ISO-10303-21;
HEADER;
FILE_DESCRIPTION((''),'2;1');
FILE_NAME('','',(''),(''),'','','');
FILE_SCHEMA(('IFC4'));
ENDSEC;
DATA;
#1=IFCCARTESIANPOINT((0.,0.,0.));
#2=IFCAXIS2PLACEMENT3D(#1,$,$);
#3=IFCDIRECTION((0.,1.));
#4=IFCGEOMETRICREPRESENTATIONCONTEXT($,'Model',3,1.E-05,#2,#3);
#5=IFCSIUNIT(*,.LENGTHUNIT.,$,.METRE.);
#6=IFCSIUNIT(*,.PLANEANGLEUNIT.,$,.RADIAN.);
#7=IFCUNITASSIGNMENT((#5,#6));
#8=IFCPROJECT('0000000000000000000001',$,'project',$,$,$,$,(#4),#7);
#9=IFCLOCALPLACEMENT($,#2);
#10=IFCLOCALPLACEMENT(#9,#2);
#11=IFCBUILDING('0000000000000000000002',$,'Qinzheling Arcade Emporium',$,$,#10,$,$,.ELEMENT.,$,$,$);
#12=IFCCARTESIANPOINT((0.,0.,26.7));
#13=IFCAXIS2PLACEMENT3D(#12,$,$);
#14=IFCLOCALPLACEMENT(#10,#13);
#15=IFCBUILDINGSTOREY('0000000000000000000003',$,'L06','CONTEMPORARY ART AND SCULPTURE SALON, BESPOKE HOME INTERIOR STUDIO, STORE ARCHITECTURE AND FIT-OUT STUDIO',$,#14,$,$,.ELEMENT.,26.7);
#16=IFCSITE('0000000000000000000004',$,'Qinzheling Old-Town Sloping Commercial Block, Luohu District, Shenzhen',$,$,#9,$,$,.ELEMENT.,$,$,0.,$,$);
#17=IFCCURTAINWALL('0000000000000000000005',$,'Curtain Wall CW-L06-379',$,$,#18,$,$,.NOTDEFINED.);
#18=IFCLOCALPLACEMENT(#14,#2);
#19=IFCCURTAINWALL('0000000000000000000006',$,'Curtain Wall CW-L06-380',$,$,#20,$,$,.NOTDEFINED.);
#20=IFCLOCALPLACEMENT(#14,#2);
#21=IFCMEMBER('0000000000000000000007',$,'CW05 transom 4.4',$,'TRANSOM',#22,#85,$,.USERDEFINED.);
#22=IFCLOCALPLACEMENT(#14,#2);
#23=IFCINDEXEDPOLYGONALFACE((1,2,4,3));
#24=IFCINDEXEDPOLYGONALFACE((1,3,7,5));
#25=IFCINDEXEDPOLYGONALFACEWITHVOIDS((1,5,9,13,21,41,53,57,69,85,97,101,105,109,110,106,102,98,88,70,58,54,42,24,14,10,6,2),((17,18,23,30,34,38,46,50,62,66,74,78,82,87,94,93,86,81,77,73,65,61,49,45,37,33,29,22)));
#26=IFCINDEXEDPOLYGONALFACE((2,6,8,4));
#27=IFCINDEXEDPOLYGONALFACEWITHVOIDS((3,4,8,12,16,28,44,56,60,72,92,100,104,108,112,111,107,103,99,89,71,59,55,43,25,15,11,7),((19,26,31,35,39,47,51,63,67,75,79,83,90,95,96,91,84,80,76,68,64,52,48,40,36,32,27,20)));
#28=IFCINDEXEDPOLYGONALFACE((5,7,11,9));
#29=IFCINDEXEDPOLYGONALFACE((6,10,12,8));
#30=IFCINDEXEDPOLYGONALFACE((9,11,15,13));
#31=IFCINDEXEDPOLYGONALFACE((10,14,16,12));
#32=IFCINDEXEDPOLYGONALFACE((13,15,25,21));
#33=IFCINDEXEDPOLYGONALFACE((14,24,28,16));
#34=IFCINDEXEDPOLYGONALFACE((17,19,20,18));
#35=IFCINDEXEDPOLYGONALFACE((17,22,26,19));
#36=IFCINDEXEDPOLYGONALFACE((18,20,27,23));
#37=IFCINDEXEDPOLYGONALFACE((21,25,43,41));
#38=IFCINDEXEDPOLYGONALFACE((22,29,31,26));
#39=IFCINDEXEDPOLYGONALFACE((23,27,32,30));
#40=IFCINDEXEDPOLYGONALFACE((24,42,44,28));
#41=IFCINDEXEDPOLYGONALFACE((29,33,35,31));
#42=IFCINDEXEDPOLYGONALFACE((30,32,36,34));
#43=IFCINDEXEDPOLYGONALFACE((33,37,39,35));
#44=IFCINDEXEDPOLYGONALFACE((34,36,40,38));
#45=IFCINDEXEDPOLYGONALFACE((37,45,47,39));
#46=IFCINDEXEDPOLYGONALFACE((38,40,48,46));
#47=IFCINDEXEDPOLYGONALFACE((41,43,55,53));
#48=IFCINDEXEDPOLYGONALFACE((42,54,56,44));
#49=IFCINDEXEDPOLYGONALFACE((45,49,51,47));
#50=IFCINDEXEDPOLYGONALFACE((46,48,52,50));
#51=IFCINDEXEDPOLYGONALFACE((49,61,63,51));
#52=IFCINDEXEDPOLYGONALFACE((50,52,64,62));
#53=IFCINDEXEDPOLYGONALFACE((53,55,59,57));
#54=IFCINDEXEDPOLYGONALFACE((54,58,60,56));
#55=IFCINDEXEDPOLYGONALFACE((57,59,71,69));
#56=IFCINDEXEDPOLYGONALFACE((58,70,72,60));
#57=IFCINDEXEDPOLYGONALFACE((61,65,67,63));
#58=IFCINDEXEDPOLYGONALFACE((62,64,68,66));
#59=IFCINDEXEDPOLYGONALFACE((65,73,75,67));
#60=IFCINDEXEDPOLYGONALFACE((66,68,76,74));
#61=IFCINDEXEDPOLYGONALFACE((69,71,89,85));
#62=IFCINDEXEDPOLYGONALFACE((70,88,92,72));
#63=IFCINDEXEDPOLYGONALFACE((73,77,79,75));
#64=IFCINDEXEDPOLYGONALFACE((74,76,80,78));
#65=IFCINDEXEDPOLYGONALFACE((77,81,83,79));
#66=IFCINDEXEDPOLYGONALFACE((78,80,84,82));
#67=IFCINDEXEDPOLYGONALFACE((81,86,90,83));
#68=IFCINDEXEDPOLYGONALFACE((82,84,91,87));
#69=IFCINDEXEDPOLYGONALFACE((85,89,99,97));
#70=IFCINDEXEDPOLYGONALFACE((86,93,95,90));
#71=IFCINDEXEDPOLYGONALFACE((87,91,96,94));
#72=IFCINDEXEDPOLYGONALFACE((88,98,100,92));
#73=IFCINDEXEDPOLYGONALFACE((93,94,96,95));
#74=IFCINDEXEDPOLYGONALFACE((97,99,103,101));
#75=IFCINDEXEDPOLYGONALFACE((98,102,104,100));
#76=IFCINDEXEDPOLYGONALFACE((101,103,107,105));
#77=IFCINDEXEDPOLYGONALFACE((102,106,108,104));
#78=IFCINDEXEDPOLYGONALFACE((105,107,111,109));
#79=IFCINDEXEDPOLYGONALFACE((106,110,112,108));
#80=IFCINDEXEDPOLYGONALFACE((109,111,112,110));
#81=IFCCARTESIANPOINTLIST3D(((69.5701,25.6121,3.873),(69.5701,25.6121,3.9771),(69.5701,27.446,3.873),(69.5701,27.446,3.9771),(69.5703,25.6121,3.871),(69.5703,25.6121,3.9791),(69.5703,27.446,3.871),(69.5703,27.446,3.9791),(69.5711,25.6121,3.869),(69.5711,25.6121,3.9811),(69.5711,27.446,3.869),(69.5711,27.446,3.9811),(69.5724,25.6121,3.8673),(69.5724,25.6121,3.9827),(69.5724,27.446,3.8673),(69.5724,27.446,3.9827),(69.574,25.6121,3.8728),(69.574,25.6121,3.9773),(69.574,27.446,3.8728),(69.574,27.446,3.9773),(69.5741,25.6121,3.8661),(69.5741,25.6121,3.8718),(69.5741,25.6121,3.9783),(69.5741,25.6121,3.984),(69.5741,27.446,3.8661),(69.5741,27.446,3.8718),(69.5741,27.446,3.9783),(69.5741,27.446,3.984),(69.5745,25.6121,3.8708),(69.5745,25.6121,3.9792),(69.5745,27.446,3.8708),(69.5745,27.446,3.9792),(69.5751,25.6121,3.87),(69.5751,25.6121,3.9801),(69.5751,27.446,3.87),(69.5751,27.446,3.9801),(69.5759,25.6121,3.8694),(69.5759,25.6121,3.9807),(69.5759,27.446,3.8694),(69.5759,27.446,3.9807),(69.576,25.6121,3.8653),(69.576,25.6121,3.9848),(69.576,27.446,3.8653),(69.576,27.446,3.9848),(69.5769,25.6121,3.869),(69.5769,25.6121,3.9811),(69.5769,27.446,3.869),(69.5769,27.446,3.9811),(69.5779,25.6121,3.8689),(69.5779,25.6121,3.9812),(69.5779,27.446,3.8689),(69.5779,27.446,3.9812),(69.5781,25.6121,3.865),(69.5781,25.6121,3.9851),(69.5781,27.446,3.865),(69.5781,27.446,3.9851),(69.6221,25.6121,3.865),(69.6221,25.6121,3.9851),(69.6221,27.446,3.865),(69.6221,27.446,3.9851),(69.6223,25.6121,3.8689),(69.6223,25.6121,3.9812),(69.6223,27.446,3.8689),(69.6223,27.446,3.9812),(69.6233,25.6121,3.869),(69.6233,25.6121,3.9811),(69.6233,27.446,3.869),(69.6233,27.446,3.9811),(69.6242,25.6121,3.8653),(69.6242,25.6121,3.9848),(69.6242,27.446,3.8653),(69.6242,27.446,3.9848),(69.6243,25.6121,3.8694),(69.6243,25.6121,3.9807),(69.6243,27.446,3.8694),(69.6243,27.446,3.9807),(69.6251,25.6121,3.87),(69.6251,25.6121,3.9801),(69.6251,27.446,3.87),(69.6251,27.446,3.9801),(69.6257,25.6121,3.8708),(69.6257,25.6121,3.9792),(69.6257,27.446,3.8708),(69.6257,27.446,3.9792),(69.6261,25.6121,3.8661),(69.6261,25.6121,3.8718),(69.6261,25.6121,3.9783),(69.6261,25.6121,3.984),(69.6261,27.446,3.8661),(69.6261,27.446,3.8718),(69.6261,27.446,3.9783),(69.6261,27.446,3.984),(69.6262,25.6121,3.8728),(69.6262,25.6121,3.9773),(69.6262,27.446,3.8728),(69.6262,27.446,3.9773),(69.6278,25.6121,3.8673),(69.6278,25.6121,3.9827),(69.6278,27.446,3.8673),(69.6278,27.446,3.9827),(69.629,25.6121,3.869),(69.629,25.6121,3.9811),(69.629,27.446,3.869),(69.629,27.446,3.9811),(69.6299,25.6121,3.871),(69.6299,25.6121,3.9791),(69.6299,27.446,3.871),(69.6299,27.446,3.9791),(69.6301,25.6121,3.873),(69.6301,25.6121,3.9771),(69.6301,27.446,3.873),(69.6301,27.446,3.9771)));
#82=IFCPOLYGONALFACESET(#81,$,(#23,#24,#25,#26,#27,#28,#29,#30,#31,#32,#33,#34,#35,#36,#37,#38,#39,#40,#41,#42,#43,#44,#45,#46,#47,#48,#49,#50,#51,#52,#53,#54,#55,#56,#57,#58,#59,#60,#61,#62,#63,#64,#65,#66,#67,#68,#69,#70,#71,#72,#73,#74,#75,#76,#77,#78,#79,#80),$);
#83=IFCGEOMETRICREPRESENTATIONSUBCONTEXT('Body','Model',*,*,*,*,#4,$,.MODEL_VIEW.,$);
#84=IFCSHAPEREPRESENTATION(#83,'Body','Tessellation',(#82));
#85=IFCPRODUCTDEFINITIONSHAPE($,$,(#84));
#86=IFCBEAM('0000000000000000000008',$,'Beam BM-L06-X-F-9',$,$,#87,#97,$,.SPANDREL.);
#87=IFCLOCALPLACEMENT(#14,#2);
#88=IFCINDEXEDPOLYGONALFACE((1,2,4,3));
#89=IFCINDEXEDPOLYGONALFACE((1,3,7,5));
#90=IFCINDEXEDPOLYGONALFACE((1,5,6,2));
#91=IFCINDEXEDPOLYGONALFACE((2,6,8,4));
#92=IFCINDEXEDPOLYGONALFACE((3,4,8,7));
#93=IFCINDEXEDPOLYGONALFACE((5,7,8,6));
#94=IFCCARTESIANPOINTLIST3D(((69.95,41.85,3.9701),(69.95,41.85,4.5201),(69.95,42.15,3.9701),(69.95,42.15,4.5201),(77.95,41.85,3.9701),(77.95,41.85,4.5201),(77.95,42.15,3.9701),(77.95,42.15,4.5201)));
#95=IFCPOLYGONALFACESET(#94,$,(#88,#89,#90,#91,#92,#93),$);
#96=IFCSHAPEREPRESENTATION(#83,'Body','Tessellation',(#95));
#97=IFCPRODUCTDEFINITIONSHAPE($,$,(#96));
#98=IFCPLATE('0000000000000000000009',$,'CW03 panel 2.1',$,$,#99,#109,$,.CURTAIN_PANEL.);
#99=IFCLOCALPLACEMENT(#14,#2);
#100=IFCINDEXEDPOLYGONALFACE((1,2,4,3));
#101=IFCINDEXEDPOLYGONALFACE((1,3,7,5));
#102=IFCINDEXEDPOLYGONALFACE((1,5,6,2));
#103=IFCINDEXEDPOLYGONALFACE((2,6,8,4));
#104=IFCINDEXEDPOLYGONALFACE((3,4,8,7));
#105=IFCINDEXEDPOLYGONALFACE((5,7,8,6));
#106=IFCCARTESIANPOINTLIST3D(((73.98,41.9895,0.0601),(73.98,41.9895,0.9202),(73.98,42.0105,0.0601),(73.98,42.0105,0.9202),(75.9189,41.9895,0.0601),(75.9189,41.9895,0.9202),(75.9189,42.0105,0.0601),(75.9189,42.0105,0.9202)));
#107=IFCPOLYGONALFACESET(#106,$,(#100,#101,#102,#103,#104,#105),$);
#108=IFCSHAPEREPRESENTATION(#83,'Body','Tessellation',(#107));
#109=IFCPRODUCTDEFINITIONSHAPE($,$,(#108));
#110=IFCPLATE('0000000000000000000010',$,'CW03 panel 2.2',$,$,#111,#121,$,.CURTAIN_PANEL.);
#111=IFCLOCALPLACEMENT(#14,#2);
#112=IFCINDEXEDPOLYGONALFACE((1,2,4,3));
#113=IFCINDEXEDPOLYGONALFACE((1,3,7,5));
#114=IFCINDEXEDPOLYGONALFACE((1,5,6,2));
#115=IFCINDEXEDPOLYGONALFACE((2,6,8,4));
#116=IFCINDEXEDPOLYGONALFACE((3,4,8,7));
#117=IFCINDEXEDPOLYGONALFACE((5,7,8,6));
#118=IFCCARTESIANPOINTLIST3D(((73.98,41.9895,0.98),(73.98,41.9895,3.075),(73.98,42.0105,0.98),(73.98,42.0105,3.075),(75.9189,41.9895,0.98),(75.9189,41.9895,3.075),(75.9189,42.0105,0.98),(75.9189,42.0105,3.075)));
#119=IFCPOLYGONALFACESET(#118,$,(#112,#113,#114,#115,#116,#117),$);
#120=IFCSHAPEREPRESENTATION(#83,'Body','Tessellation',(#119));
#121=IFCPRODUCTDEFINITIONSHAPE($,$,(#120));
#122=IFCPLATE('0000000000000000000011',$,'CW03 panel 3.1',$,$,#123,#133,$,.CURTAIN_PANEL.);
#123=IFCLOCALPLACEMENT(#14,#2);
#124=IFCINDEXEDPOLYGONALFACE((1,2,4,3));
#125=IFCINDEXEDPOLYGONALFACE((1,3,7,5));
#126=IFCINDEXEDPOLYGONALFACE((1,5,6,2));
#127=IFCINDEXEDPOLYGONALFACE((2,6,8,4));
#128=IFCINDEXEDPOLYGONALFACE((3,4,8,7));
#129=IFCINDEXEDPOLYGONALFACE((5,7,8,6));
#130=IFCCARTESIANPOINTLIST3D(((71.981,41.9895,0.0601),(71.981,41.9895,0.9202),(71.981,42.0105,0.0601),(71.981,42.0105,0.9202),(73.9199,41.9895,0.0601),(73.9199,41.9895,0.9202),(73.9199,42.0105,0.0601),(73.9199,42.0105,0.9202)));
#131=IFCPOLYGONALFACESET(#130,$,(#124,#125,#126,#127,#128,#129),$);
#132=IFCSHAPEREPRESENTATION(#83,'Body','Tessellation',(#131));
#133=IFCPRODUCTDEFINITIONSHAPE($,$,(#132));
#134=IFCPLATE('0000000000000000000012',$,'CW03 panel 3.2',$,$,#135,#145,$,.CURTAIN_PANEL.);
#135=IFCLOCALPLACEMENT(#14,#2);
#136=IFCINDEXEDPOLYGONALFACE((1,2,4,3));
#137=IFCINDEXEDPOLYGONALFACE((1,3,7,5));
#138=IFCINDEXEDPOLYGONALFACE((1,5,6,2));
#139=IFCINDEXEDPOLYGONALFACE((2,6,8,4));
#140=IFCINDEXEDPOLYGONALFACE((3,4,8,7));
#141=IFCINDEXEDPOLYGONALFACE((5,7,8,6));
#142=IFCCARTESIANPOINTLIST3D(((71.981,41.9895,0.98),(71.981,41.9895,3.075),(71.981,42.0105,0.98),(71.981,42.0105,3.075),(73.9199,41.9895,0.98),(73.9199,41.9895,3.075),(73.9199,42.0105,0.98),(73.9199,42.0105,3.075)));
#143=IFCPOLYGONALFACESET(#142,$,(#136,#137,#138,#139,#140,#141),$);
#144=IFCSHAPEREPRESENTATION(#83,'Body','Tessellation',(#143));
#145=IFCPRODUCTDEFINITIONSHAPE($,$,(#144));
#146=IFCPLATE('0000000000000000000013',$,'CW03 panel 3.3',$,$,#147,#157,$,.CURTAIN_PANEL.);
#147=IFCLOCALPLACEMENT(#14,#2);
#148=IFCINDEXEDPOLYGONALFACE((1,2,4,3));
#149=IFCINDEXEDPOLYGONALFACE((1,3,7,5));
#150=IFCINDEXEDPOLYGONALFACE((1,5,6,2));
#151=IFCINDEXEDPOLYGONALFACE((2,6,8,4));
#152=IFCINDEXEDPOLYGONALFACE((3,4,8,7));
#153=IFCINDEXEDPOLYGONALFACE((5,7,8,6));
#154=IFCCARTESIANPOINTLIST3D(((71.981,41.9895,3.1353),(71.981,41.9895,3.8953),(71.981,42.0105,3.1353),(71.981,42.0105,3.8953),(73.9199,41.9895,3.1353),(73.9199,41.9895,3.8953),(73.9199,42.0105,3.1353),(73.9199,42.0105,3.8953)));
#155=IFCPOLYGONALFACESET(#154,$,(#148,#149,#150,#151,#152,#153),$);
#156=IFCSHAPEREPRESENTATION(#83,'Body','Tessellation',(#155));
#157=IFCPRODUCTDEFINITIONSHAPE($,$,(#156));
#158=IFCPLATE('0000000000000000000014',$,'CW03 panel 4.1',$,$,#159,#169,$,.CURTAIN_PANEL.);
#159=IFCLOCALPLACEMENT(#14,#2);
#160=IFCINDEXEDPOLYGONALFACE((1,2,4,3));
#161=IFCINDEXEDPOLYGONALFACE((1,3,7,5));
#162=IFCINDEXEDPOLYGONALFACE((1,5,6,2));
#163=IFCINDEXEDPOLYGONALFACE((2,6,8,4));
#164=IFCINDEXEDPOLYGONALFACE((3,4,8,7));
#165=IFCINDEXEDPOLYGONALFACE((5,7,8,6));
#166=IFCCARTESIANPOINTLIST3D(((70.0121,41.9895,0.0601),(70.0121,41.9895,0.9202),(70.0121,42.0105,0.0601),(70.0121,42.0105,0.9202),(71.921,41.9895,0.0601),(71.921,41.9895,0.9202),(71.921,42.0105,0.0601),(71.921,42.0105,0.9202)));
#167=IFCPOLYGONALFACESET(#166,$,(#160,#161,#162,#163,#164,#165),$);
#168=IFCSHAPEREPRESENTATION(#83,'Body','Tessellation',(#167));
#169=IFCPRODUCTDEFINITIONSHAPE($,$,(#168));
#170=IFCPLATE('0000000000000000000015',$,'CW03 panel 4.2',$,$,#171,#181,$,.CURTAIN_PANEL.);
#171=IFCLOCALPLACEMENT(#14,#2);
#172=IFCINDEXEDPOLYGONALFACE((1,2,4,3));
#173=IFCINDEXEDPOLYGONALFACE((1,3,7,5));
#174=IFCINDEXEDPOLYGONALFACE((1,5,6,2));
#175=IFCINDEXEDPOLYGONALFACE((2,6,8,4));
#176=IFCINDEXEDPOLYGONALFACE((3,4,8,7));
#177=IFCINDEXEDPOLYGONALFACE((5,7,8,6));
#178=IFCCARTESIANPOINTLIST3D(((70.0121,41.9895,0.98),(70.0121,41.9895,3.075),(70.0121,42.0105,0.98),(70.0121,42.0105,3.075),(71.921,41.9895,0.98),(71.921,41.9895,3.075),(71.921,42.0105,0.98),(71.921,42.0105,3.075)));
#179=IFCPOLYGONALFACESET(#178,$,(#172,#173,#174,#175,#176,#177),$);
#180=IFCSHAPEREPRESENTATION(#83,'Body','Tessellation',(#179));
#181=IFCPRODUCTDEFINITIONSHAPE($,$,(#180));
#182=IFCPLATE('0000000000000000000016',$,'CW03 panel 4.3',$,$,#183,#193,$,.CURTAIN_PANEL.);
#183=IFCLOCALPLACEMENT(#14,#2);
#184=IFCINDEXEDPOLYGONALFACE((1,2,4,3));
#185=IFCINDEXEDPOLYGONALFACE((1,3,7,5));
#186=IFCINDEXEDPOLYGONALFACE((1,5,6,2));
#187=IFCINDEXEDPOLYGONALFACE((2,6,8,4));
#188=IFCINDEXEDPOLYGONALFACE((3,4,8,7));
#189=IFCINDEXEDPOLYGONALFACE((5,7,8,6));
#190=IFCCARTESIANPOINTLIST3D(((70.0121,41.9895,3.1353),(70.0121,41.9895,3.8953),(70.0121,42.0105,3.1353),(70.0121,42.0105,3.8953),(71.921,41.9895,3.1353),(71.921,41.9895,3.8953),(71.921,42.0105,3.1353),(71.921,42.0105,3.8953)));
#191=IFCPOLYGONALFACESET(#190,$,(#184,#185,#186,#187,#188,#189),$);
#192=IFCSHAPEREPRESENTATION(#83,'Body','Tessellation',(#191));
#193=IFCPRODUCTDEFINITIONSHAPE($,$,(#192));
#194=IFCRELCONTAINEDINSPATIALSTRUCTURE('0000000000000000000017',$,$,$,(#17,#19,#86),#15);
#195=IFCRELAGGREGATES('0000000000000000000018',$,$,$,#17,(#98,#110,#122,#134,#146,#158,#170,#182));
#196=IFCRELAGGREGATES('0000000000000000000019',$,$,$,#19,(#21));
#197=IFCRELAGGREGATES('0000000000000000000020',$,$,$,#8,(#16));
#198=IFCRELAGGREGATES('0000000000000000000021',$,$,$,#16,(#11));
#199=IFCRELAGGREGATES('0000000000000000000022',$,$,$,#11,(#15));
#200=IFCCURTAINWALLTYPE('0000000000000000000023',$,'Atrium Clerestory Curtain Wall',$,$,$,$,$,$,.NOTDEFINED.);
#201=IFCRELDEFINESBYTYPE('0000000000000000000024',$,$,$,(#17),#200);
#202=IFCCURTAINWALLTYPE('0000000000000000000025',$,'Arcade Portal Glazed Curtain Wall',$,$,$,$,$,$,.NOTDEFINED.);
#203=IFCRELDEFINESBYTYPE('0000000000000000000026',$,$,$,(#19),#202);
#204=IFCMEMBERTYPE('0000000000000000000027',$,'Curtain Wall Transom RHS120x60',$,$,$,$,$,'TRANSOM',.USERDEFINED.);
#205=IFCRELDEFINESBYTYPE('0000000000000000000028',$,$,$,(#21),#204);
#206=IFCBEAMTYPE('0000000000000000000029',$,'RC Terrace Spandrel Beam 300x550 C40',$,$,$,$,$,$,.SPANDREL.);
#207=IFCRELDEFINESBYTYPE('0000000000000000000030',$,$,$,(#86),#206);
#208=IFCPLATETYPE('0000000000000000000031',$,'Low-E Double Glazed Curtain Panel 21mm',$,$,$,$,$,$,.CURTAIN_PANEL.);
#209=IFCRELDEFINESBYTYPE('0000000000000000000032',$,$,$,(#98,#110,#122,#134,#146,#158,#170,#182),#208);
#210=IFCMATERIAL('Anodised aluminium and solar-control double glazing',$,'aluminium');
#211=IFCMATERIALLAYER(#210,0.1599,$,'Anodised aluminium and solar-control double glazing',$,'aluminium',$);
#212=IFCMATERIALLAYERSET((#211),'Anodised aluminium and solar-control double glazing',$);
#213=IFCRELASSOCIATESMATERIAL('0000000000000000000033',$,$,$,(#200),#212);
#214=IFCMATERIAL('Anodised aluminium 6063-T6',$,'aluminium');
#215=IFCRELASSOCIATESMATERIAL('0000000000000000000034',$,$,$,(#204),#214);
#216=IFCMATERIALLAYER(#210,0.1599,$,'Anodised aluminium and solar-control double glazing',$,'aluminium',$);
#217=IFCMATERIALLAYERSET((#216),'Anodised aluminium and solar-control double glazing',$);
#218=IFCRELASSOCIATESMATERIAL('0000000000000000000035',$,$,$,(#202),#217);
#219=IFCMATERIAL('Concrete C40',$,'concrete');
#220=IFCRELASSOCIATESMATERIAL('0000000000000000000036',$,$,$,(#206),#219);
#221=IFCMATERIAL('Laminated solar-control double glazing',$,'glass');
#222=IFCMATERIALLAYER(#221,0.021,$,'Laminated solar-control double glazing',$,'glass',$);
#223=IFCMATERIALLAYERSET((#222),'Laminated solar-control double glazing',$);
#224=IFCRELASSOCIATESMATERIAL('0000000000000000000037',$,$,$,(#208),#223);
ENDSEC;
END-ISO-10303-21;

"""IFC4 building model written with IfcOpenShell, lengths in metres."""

from ifc_helpers import new_model, si_unit, direction, frame, origin, origin_2d, place, context, subcontext, project, spatial, rectangle, hollow_rectangle, extrude, material, layer, layer_set, material_profile, profile_set, type_object, element, aggregate, save


model = new_model("IFC4")

# Units and contexts
model_context = context("Model", 3, precision=1e-05, world=origin(), true_north=direction((0.0, 1.0)))
body_context = subcontext(model_context, "Body", "Model", "MODEL_VIEW")
ifc_project = project(units=[si_unit("LENGTHUNIT", "METRE"), si_unit("PLANEANGLEUNIT", "RADIAN")], contexts=[model_context])

# Site, building, storey
site_placement = place(None, origin())
site = spatial("IfcSite", under=ifc_project, at=site_placement, Name="Qinzheling Old-Town Sloping Commercial Block, Luohu District, Shenzhen", CompositionType="ELEMENT", RefElevation=0.0)
building_placement = place(site_placement, origin())
building = spatial("IfcBuilding", under=site, at=building_placement, Name="Qinzheling Arcade Emporium", CompositionType="ELEMENT")
storey_placement = place(building_placement, frame((0.0, 0.0, 26.7)))
storey = spatial("IfcBuildingStorey", under=building, at=storey_placement, Name="L06", Description="CONTEMPORARY ART AND SCULPTURE SALON, BESPOKE HOME INTERIOR STUDIO, STORE ARCHITECTURE AND FIT-OUT STUDIO", CompositionType="ELEMENT", Elevation=26.7)

# Curtain walls, member
ifc_material_1 = material(Name="Anodised aluminium and solar-control double glazing", Category="aluminium")
ifc_layer_1 = layer(ifc_material_1, 0.1599, Name="Anodised aluminium and solar-control double glazing", Category="aluminium")
ifc_layer_set_1 = layer_set([ifc_layer_1], Name="Anodised aluminium and solar-control double glazing")
curtain_wall_type_1 = type_object("IfcCurtainWallType", Name="Atrium Clerestory Curtain Wall", PredefinedType="NOTDEFINED", material=ifc_layer_set_1)
curtain_wall_1_placement = place(storey_placement, origin())
curtain_wall_1 = element("IfcCurtainWall", 1, at=curtain_wall_1_placement, inside=storey, type_object=curtain_wall_type_1, Name="Curtain Wall CW-L06-379", PredefinedType="NOTDEFINED")
ifc_material_2 = material(Name="Anodised aluminium 6063-T6", Category="aluminium")
ifc_material_profile_1 = material_profile(ifc_material_2, hollow_rectangle(XDim=0.0601, YDim=0.1201, WallThickness=0.0039, InnerFilletRadius=0.0039, OuterFilletRadius=0.0081, at=origin_2d()), Name="RHS 120x60x4", Category="aluminium")
ifc_profile_set_1 = profile_set([ifc_material_profile_1], Name="Anodised aluminium 6063-T6")
member_type_1 = type_object("IfcMemberType", Name="Curtain Wall Transom RHS120x60", ElementType="TRANSOM", PredefinedType="USERDEFINED", material=ifc_profile_set_1)
ifc_layer_2 = layer(ifc_material_1, 0.1599, Name="Anodised aluminium and solar-control double glazing", Category="aluminium")
ifc_layer_set_2 = layer_set([ifc_layer_2], Name="Anodised aluminium and solar-control double glazing")
curtain_wall_type_2 = type_object("IfcCurtainWallType", Name="Arcade Portal Glazed Curtain Wall", PredefinedType="NOTDEFINED", material=ifc_layer_set_2)
curtain_wall_2_placement = place(storey_placement, origin())
curtain_wall_2 = element("IfcCurtainWall", 2, at=curtain_wall_2_placement, inside=storey, type_object=curtain_wall_type_2, Name="Curtain Wall CW-L06-380", PredefinedType="NOTDEFINED")
member_1_placement = place(storey_placement, frame((69.6001, 27.446, 3.925), z_axis=(0.0, -1.0, 0.0), x_axis=(1.0, 0.0, 0.0)))
member_1 = element("IfcMember", 3, at=member_1_placement, type_object=member_type_1, Name="CW05 transom 4.4", ObjectType="TRANSOM", PredefinedType="USERDEFINED", context=body_context, shape_type="SweptSolid", body=[
    extrude(hollow_rectangle(XDim=0.0601, YDim=0.1201, WallThickness=0.0039, InnerFilletRadius=0.0039, OuterFilletRadius=0.0081, at=origin_2d()), origin(), (0.0, 0.0, 1.0), 1.834),
])

# Beam
ifc_material_3 = material(Name="Concrete C40", Category="concrete")
ifc_material_profile_2 = material_profile(ifc_material_3, rectangle(XDim=0.3, YDim=0.55, at=origin_2d()), Name="RC 300x550", Category="concrete")
ifc_profile_set_2 = profile_set([ifc_material_profile_2], Name="Concrete C40")
beam_type = type_object("IfcBeamType", Name="RC Terrace Spandrel Beam 300x550 C40", PredefinedType="SPANDREL", material=ifc_profile_set_2)
beam_placement = place(storey_placement, frame((69.95, 42.0, 4.2451), z_axis=(1.0, 0.0, 0.0), x_axis=(0.0, 1.0, 0.0)))
element("IfcBeam", 4, at=beam_placement, inside=storey, type_object=beam_type, Name="Beam BM-L06-X-F-9", PredefinedType="SPANDREL", context=body_context, shape_type="SweptSolid", body=[
    extrude(rectangle(XDim=0.3, YDim=0.55, at=origin_2d()), origin(), (0.0, 0.0, 1.0), 8.0),
])

# Plates
ifc_material_4 = material(Name="Laminated solar-control double glazing", Category="glass")
ifc_layer_3 = layer(ifc_material_4, 0.021, Name="Laminated solar-control double glazing", Category="glass")
ifc_layer_set_3 = layer_set([ifc_layer_3], Name="Laminated solar-control double glazing")
plate_type_1 = type_object("IfcPlateType", Name="Low-E Double Glazed Curtain Panel 21mm", PredefinedType="CURTAIN_PANEL", material=ifc_layer_set_3)
plate_1_placement = place(storey_placement, frame((74.9495, 42.0, 0.0601), z_axis=(0.0, 0.0, 1.0), x_axis=(-1.0, 0.0, 0.0)))
plate_1 = element("IfcPlate", 5, at=plate_1_placement, type_object=plate_type_1, Name="CW03 panel 2.1", PredefinedType="CURTAIN_PANEL", context=body_context, shape_type="SweptSolid", body=[
    extrude(rectangle(XDim=1.939, YDim=0.021, at=origin_2d()), origin(), (0.0, 0.0, 1.0), 0.8601),
])
plate_2_placement = place(storey_placement, frame((74.9495, 42.0, 0.98), z_axis=(0.0, 0.0, 1.0), x_axis=(-1.0, 0.0, 0.0)))
plate_2 = element("IfcPlate", 6, at=plate_2_placement, type_object=plate_type_1, Name="CW03 panel 2.2", PredefinedType="CURTAIN_PANEL", context=body_context, shape_type="SweptSolid", body=[
    extrude(rectangle(XDim=1.939, YDim=0.021, at=origin_2d()), origin(), (0.0, 0.0, 1.0), 2.095),
])
plate_3_placement = place(storey_placement, frame((72.9504, 42.0, 0.0601), z_axis=(0.0, 0.0, 1.0), x_axis=(-1.0, 0.0, 0.0)))
plate_3 = element("IfcPlate", 7, at=plate_3_placement, type_object=plate_type_1, Name="CW03 panel 3.1", PredefinedType="CURTAIN_PANEL", context=body_context, shape_type="SweptSolid", body=[
    extrude(rectangle(XDim=1.939, YDim=0.021, at=origin_2d()), origin(), (0.0, 0.0, 1.0), 0.8601),
])
plate_4_placement = place(storey_placement, frame((72.9504, 42.0, 0.98), z_axis=(0.0, 0.0, 1.0), x_axis=(-1.0, 0.0, 0.0)))
plate_4 = element("IfcPlate", 8, at=plate_4_placement, type_object=plate_type_1, Name="CW03 panel 3.2", PredefinedType="CURTAIN_PANEL", context=body_context, shape_type="SweptSolid", body=[
    extrude(rectangle(XDim=1.939, YDim=0.021, at=origin_2d()), origin(), (0.0, 0.0, 1.0), 2.095),
])
plate_5_placement = place(storey_placement, frame((72.9504, 42.0, 3.1353), z_axis=(0.0, 0.0, 1.0), x_axis=(-1.0, 0.0, 0.0)))
plate_5 = element("IfcPlate", 9, at=plate_5_placement, type_object=plate_type_1, Name="CW03 panel 3.3", PredefinedType="CURTAIN_PANEL", context=body_context, shape_type="SweptSolid", body=[
    extrude(rectangle(XDim=1.939, YDim=0.021, at=origin_2d()), origin(), (0.0, 0.0, 1.0), 0.76),
])
plate_6_placement = place(storey_placement, frame((70.9666, 42.0, 0.0601), z_axis=(0.0, 0.0, 1.0), x_axis=(-1.0, 0.0, 0.0)))
plate_6 = element("IfcPlate", 10, at=plate_6_placement, type_object=plate_type_1, Name="CW03 panel 4.1", PredefinedType="CURTAIN_PANEL", context=body_context, shape_type="SweptSolid", body=[
    extrude(rectangle(XDim=1.9089, YDim=0.021, at=origin_2d()), origin(), (0.0, 0.0, 1.0), 0.8601),
])
plate_7_placement = place(storey_placement, frame((70.9666, 42.0, 0.98), z_axis=(0.0, 0.0, 1.0), x_axis=(-1.0, 0.0, 0.0)))
plate_7 = element("IfcPlate", 11, at=plate_7_placement, type_object=plate_type_1, Name="CW03 panel 4.2", PredefinedType="CURTAIN_PANEL", context=body_context, shape_type="SweptSolid", body=[
    extrude(rectangle(XDim=1.9089, YDim=0.021, at=origin_2d()), origin(), (0.0, 0.0, 1.0), 2.095),
])
plate_8_placement = place(storey_placement, frame((70.9666, 42.0, 3.1353), z_axis=(0.0, 0.0, 1.0), x_axis=(-1.0, 0.0, 0.0)))
plate_8 = element("IfcPlate", 12, at=plate_8_placement, type_object=plate_type_1, Name="CW03 panel 4.3", PredefinedType="CURTAIN_PANEL", context=body_context, shape_type="SweptSolid", body=[
    extrude(rectangle(XDim=1.9089, YDim=0.021, at=origin_2d()), origin(), (0.0, 0.0, 1.0), 0.76),
])
aggregate(curtain_wall_1, [plate_1, plate_2, plate_3, plate_4, plate_5, plate_6, plate_7, plate_8])
aggregate(curtain_wall_2, [member_1])

save(model, "model.ifc")
